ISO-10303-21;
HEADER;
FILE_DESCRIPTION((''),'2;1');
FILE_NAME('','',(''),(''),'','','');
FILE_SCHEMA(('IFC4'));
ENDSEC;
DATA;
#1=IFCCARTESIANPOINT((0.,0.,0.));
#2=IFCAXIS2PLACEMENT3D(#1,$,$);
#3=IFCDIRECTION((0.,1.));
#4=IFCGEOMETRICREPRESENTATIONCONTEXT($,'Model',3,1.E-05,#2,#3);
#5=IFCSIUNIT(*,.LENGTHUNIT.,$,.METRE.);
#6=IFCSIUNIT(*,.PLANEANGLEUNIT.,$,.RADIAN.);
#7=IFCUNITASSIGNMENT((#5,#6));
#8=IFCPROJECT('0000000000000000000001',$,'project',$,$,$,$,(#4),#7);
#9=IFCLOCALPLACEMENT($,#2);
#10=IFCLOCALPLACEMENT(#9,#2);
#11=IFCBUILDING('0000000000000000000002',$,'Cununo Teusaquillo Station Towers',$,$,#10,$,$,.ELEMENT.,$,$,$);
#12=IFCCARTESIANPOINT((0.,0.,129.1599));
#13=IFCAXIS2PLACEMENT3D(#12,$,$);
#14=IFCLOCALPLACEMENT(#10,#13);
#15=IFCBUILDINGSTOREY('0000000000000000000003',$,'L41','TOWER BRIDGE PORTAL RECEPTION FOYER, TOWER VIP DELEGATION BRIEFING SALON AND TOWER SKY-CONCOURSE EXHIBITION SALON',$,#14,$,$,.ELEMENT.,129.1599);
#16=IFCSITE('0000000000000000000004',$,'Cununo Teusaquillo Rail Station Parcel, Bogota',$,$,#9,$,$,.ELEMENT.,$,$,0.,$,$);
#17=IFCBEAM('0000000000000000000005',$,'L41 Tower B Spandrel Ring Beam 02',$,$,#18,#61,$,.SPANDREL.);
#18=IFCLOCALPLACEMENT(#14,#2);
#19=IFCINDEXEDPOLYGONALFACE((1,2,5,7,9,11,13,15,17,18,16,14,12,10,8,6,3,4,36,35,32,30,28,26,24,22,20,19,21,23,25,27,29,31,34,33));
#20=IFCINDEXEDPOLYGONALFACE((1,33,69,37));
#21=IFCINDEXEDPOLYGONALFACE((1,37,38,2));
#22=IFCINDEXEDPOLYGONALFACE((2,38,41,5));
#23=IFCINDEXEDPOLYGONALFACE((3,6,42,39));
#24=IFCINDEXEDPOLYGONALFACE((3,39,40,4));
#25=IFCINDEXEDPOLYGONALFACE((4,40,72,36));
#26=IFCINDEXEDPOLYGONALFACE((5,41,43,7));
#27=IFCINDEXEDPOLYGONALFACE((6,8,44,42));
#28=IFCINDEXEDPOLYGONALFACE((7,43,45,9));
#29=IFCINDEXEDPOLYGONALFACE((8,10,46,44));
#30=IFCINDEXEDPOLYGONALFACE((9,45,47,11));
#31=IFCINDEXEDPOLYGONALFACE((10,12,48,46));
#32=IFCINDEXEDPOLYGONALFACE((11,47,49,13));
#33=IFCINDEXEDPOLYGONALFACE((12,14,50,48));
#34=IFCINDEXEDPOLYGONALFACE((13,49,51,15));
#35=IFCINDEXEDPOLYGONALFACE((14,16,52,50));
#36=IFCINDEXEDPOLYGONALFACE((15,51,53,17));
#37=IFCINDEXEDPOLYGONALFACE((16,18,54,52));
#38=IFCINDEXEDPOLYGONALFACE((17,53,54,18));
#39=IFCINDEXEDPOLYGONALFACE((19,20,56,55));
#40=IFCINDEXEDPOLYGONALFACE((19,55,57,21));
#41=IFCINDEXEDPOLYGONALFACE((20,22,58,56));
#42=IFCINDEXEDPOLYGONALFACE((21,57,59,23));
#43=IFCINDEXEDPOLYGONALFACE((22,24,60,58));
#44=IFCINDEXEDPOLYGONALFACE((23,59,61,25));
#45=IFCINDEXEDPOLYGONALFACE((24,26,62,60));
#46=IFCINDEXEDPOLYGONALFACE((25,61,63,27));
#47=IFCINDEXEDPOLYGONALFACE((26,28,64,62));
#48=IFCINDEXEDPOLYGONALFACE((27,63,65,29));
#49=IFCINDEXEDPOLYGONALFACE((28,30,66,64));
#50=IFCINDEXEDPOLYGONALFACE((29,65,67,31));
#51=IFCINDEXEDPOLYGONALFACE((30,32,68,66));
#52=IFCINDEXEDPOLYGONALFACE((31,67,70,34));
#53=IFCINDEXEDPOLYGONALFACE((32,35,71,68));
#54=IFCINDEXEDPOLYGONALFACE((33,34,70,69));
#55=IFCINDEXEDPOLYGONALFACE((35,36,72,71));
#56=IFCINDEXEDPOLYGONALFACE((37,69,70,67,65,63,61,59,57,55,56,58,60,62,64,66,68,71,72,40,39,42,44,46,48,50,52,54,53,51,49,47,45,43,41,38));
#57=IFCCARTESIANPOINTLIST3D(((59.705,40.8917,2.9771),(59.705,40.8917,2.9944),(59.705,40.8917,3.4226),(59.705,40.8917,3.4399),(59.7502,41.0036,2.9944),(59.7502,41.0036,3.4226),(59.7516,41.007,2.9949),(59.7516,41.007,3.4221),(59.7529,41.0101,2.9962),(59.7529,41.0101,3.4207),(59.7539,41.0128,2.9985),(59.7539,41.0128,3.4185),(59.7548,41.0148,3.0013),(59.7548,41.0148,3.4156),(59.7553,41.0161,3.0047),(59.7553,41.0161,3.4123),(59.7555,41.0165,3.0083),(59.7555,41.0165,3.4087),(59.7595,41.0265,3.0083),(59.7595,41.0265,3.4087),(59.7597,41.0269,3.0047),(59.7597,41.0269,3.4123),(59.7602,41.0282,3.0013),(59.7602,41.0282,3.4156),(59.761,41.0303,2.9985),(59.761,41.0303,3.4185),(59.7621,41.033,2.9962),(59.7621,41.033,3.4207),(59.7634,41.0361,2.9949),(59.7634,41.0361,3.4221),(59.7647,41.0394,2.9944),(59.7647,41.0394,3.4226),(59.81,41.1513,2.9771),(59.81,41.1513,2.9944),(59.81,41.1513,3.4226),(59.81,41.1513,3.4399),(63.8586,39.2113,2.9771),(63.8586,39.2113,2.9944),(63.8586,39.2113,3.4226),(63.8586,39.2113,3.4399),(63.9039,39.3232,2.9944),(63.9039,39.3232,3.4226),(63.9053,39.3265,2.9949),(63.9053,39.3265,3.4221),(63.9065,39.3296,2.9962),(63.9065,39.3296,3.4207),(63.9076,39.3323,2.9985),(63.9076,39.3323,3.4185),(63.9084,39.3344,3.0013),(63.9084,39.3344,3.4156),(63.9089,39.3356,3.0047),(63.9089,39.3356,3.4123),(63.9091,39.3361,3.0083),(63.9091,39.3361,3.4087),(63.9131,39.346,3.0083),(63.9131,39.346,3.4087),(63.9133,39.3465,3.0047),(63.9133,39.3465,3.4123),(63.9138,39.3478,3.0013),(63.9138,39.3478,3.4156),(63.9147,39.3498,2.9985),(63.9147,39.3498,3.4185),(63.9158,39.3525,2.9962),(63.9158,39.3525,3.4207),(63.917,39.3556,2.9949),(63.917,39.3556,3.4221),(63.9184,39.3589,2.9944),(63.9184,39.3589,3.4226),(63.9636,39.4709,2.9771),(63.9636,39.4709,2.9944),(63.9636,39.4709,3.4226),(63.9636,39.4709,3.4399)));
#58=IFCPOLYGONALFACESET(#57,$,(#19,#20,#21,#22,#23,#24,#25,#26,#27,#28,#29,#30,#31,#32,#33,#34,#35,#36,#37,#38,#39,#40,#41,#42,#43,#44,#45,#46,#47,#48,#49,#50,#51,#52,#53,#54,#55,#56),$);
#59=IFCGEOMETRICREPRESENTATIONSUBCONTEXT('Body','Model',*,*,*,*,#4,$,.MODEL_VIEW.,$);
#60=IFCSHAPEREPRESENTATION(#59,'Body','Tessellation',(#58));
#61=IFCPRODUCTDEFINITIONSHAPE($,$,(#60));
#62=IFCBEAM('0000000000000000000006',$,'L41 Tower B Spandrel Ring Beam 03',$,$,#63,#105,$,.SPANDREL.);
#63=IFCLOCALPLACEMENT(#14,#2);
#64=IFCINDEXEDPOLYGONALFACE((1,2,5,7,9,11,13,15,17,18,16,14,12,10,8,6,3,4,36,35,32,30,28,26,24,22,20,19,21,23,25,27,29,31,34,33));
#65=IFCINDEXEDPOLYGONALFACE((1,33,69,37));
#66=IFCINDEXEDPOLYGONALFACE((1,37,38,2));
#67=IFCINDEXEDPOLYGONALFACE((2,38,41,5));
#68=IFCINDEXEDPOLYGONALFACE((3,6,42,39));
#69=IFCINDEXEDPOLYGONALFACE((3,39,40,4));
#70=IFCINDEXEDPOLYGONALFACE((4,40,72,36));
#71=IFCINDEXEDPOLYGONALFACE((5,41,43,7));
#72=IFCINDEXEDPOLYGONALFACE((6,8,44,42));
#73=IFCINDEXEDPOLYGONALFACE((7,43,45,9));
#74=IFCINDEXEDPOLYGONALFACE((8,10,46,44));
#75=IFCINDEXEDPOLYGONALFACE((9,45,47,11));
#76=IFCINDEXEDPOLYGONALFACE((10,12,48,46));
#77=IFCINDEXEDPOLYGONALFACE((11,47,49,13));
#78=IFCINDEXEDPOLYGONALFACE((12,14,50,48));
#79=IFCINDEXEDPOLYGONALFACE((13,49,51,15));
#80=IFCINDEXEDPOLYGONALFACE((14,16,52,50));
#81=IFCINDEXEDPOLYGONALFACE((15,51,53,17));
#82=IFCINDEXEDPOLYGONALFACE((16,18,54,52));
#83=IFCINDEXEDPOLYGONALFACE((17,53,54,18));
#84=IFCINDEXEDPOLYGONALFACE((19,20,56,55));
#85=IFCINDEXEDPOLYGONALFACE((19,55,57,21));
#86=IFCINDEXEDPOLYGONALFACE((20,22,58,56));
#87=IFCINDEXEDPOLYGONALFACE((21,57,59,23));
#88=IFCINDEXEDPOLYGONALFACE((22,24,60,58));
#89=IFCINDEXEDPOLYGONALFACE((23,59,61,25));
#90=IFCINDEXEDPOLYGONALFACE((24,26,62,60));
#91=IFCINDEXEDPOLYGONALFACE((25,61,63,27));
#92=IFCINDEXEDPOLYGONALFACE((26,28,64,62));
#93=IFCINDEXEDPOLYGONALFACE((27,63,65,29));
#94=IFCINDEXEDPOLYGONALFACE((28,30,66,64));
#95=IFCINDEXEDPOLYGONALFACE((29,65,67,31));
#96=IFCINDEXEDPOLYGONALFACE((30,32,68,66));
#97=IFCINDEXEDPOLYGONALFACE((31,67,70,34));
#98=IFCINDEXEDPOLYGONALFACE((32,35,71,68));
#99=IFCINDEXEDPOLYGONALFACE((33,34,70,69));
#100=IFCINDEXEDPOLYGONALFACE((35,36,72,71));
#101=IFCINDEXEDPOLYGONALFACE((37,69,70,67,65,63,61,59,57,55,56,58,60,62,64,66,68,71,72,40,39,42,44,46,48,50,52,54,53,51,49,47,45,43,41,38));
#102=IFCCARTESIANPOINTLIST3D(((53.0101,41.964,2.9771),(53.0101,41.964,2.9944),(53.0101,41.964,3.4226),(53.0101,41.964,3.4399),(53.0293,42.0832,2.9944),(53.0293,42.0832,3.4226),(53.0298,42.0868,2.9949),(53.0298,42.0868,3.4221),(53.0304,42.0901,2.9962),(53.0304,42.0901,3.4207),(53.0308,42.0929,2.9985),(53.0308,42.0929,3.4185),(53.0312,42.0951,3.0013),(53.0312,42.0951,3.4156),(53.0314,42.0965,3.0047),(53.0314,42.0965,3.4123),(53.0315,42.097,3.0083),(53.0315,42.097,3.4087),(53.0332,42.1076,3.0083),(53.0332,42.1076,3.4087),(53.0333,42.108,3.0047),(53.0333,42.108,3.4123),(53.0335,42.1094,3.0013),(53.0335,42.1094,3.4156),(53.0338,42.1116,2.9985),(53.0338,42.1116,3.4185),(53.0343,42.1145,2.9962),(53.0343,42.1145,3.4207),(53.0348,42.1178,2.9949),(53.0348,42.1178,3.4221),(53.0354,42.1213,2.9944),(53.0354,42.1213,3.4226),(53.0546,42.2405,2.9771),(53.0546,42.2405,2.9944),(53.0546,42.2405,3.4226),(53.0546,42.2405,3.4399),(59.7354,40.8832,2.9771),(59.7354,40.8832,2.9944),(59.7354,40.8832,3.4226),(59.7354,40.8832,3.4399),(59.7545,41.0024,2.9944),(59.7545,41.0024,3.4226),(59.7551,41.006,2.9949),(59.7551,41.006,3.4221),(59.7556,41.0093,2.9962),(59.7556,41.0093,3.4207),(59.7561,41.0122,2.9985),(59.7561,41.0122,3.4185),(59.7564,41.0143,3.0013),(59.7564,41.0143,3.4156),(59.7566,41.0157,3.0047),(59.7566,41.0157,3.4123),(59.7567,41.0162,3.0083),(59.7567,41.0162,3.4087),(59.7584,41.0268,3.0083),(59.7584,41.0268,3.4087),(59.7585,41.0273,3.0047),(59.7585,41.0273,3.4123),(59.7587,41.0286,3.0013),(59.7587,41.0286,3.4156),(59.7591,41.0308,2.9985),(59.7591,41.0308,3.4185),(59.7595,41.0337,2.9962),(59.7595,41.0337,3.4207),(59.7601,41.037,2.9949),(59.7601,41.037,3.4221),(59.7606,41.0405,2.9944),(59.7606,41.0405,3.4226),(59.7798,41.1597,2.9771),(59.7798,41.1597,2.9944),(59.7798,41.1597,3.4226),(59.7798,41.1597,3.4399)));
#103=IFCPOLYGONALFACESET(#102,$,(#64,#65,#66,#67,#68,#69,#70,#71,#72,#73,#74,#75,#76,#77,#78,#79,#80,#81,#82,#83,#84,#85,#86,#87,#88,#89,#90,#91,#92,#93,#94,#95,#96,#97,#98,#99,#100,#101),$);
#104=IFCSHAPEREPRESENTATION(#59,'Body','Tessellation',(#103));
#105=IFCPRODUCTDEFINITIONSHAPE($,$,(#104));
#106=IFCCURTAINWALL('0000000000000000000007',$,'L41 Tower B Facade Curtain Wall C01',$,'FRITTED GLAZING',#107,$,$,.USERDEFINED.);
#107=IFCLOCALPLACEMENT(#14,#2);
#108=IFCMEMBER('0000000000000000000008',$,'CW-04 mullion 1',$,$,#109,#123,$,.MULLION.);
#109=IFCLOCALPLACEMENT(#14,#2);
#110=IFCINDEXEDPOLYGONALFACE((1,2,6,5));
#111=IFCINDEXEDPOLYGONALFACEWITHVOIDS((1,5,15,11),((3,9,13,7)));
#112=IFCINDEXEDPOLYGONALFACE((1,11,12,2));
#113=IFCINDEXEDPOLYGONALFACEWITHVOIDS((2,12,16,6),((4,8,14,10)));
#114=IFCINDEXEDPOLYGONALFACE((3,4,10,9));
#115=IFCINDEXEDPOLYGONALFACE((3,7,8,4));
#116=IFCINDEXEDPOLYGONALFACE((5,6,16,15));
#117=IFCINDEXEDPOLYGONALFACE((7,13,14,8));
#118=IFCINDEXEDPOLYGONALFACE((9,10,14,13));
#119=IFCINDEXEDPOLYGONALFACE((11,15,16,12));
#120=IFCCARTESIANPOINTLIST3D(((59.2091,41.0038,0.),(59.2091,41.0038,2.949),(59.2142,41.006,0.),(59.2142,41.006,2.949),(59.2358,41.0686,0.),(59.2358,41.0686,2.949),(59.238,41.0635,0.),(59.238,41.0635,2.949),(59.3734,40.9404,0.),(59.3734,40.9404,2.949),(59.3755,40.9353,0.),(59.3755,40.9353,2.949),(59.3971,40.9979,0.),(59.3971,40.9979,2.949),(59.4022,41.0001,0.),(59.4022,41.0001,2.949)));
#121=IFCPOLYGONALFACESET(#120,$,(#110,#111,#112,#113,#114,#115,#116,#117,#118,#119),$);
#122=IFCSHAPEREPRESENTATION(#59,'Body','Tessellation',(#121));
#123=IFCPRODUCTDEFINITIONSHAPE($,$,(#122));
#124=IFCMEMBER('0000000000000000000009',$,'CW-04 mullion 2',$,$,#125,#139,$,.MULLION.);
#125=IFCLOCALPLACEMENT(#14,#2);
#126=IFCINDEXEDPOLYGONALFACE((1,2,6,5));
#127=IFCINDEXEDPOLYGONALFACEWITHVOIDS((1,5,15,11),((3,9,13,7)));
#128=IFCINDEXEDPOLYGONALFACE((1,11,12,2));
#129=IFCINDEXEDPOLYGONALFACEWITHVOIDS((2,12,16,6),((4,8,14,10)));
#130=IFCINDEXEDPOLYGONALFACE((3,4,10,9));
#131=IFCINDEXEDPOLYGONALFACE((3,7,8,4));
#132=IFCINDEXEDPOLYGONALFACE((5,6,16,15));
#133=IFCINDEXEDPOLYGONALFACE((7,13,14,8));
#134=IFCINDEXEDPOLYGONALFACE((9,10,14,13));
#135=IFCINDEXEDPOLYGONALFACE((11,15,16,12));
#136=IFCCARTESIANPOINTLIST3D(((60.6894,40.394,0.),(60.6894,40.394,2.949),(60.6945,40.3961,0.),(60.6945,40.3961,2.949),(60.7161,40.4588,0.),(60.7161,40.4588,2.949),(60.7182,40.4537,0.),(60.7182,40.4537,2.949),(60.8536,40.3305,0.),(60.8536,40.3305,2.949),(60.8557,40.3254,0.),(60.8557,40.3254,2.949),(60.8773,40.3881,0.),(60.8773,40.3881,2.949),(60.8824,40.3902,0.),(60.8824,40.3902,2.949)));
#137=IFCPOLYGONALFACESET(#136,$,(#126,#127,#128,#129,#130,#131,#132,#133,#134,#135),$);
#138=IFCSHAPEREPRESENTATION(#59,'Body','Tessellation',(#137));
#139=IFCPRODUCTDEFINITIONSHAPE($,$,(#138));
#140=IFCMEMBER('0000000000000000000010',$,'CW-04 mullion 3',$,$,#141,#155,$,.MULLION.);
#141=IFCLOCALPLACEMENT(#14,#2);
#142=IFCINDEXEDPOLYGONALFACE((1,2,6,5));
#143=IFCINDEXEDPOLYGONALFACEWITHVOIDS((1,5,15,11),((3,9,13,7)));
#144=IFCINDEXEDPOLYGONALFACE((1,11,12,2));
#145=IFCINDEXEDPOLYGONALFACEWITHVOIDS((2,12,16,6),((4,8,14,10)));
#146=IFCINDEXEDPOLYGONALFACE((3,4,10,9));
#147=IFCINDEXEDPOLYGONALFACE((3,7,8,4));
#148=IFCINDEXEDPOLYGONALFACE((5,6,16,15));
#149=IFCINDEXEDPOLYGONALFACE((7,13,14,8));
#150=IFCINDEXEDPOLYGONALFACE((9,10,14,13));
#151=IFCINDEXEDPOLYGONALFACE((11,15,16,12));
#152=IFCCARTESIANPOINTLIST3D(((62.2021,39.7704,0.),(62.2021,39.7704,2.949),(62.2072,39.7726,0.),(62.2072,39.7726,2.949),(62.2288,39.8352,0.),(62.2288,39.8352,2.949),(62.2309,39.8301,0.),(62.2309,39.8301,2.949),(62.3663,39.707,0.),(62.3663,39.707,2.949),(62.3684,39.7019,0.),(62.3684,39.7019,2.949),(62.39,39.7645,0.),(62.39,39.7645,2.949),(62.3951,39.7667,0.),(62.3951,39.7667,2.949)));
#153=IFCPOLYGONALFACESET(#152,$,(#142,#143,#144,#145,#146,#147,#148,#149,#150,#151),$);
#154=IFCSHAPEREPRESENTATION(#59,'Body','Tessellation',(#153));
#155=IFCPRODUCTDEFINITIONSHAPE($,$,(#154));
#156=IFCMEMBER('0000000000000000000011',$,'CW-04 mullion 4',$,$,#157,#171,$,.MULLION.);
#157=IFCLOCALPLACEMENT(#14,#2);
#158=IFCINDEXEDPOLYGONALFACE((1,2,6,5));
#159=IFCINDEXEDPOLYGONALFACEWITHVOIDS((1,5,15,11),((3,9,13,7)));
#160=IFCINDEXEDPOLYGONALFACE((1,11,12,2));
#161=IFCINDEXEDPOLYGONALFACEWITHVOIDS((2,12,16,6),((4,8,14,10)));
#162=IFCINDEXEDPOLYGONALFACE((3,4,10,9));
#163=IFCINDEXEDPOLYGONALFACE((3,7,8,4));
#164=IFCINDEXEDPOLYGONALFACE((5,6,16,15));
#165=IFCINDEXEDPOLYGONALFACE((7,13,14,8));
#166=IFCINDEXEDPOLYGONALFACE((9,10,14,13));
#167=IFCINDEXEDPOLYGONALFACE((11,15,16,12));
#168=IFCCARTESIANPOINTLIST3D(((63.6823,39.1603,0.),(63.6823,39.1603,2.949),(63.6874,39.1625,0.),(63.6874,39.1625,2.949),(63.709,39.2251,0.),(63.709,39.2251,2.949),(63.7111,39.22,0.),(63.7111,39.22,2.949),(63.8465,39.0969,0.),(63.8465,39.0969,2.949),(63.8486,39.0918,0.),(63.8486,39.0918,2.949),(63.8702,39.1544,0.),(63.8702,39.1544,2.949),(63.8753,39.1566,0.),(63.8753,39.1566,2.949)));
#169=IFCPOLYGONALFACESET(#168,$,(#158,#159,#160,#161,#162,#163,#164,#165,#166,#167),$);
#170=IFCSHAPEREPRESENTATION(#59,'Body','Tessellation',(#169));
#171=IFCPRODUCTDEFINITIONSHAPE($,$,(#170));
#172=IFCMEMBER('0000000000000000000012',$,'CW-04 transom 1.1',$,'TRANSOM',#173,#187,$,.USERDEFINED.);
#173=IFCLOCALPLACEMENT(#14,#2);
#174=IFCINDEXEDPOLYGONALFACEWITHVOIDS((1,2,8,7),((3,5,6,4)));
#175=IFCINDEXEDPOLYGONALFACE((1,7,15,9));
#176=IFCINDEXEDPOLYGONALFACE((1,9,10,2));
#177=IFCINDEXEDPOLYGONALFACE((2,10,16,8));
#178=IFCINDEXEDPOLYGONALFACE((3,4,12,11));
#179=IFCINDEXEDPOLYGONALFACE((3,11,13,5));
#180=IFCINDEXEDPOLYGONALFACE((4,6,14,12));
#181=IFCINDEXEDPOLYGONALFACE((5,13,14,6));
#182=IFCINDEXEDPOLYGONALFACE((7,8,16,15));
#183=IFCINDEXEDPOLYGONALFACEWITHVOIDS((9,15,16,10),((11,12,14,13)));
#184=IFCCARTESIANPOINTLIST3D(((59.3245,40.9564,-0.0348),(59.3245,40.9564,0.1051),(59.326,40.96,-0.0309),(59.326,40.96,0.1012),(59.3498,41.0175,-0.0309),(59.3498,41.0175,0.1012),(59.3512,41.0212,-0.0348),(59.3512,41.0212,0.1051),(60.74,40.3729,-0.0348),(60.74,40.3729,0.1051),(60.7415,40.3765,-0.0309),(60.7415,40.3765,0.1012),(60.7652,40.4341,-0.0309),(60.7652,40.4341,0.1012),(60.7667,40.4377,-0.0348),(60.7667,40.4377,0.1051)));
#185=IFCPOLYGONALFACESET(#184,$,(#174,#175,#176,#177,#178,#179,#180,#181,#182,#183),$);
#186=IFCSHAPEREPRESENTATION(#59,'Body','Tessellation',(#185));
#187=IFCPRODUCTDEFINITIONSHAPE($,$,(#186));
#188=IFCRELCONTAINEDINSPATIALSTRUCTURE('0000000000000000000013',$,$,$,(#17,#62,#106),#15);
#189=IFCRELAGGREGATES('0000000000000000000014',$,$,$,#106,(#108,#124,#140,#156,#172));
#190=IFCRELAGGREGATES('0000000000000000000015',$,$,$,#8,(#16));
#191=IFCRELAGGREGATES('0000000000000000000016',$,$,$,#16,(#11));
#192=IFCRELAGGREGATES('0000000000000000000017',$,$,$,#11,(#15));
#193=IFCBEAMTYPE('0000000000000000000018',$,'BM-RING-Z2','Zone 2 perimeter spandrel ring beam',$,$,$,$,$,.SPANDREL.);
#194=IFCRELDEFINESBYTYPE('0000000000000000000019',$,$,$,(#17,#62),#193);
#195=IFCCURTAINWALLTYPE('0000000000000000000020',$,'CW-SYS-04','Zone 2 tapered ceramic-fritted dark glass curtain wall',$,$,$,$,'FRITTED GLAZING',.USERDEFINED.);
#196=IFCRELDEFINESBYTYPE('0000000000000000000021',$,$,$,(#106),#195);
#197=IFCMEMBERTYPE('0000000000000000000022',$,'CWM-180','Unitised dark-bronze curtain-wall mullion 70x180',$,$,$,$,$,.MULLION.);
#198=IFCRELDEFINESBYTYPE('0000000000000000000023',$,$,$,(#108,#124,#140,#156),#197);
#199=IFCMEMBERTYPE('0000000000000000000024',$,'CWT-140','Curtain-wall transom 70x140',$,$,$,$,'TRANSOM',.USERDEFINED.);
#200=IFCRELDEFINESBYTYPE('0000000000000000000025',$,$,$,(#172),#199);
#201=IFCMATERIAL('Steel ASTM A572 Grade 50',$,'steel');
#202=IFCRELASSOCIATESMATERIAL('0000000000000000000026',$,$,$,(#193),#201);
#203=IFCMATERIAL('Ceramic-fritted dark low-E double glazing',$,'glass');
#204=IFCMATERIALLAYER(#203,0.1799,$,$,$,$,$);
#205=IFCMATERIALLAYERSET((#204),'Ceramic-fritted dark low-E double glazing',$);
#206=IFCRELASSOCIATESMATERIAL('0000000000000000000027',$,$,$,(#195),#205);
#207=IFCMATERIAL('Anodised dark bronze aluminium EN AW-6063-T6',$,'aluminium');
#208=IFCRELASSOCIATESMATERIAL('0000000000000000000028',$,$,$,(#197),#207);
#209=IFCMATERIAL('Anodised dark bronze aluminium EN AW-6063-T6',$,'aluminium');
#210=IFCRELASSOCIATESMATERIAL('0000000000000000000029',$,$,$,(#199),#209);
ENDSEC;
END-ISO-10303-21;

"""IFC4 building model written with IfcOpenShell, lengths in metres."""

from ifc_helpers import new_model, si_unit, direction, frame, origin, origin_2d, place, context, subcontext, project, spatial, hollow_rectangle, i_section, extrude, material, layer, layer_set, material_profile, profile_set, type_object, element, aggregate, save


model = new_model("IFC4")

# Units and contexts
model_context = context("Model", 3, precision=1e-05, world=origin(), true_north=direction((0.0, 1.0)))
body_context = subcontext(model_context, "Body", "Model", "MODEL_VIEW")
ifc_project = project(units=[si_unit("LENGTHUNIT", "METRE"), si_unit("PLANEANGLEUNIT", "RADIAN")], contexts=[model_context])

# Site, building, storey
site_placement = place(None, origin())
site = spatial("IfcSite", under=ifc_project, at=site_placement, Name="Cununo Teusaquillo Rail Station Parcel, Bogota", CompositionType="ELEMENT", RefElevation=0.0)
building_placement = place(site_placement, origin())
building = spatial("IfcBuilding", under=site, at=building_placement, Name="Cununo Teusaquillo Station Towers", CompositionType="ELEMENT")
storey_placement = place(building_placement, frame((0.0, 0.0, 129.1599)))
storey = spatial("IfcBuildingStorey", under=building, at=storey_placement, Name="L41", Description="TOWER BRIDGE PORTAL RECEPTION FOYER, TOWER VIP DELEGATION BRIEFING SALON AND TOWER SKY-CONCOURSE EXHIBITION SALON", CompositionType="ELEMENT", Elevation=129.1599)

# Beams
ifc_material_1 = material(Name="Steel ASTM A572 Grade 50", Category="steel")
ifc_material_profile_1 = material_profile(ifc_material_1, i_section(OverallWidth=0.28, OverallDepth=0.4629, WebThickness=0.0107, FlangeThickness=0.0173, FilletRadius=0.0139, at=origin_2d()), Name="W18X76")
ifc_profile_set_1 = profile_set([ifc_material_profile_1], Name="Steel ASTM A572 Grade 50")
beam_type_1 = type_object("IfcBeamType", Name="BM-RING-Z2", Description="Zone 2 perimeter spandrel ring beam", PredefinedType="SPANDREL", material=ifc_profile_set_1)
beam_1_placement = place(storey_placement, frame((63.9111, 39.3411, 3.2085), z_axis=(-0.927008, 0.375042, 0.0), x_axis=(-0.375042, -0.927008, 0.0)))
element("IfcBeam", 1, at=beam_1_placement, inside=storey, type_object=beam_type_1, Name="L41 Tower B Spandrel Ring Beam 02", PredefinedType="SPANDREL", context=body_context, shape_type="SweptSolid", body=[
    extrude(i_section(OverallWidth=0.28, OverallDepth=0.4629, WebThickness=0.0107, FlangeThickness=0.0173, FilletRadius=0.0139, at=origin_2d()), origin(), (0.0, 0.0, 1.0), 4.4807),
])
beam_2_placement = place(storey_placement, frame((59.7576, 41.0215, 3.2085), z_axis=(-0.987331, 0.158671, 0.0), x_axis=(-0.158671, -0.987331, 0.0)))
element("IfcBeam", 2, at=beam_2_placement, inside=storey, type_object=beam_type_1, Name="L41 Tower B Spandrel Ring Beam 03", PredefinedType="SPANDREL", context=body_context, shape_type="SweptSolid", body=[
    extrude(i_section(OverallWidth=0.28, OverallDepth=0.4629, WebThickness=0.0107, FlangeThickness=0.0173, FilletRadius=0.0139, at=origin_2d()), origin(), (0.0, 0.0, 1.0), 6.8115),
])

# Curtain wall, members
ifc_material_2 = material(Name="Ceramic-fritted dark low-E double glazing", Category="glass")
ifc_layer_1 = layer(ifc_material_2, 0.1799)
ifc_layer_set_1 = layer_set([ifc_layer_1], Name="Ceramic-fritted dark low-E double glazing")
curtain_wall_type = type_object("IfcCurtainWallType", Name="CW-SYS-04", Description="Zone 2 tapered ceramic-fritted dark glass curtain wall", ElementType="FRITTED GLAZING", PredefinedType="USERDEFINED", material=ifc_layer_set_1)
curtain_wall_placement = place(storey_placement, origin())
curtain_wall = element("IfcCurtainWall", 3, at=curtain_wall_placement, inside=storey, type_object=curtain_wall_type, Name="L41 Tower B Facade Curtain Wall C01", ObjectType="FRITTED GLAZING", PredefinedType="USERDEFINED")
ifc_material_3 = material(Name="Anodised dark bronze aluminium EN AW-6063-T6", Category="aluminium")
ifc_material_profile_2 = material_profile(ifc_material_3, hollow_rectangle(XDim=0.0701, YDim=0.1799, WallThickness=0.0039, at=origin_2d()), Name="CW-MULL-70x180")
ifc_profile_set_2 = profile_set([ifc_material_profile_2], Name="Anodised dark bronze aluminium EN AW-6063-T6")
member_type_1 = type_object("IfcMemberType", Name="CWM-180", Description="Unitised dark-bronze curtain-wall mullion 70x180", PredefinedType="MULLION", material=ifc_profile_set_2)
member_1_placement = place(storey_placement, frame((59.3057, 41.002, 0.0), z_axis=(0.0, 0.0, 1.0), x_axis=(0.381031, 0.924562, 0.0)))
member_1 = element("IfcMember", 4, at=member_1_placement, type_object=member_type_1, Name="CW-04 mullion 1", PredefinedType="MULLION", context=body_context, shape_type="SweptSolid", body=[
    extrude(hollow_rectangle(XDim=0.0701, YDim=0.1799, WallThickness=0.0039, at=origin_2d()), origin(), (0.0, 0.0, 1.0), 2.949),
])
member_2_placement = place(storey_placement, frame((60.7859, 40.3921, 0.0), z_axis=(0.0, 0.0, 1.0), x_axis=(0.381031, 0.924562, 0.0)))
member_2 = element("IfcMember", 5, at=member_2_placement, type_object=member_type_1, Name="CW-04 mullion 2", PredefinedType="MULLION", context=body_context, shape_type="SweptSolid", body=[
    extrude(hollow_rectangle(XDim=0.0701, YDim=0.1799, WallThickness=0.0039, at=origin_2d()), origin(), (0.0, 0.0, 1.0), 2.949),
])
member_3_placement = place(storey_placement, frame((62.2986, 39.7686, 0.0), z_axis=(0.0, 0.0, 1.0), x_axis=(0.381031, 0.924562, 0.0)))
member_3 = element("IfcMember", 6, at=member_3_placement, type_object=member_type_1, Name="CW-04 mullion 3", PredefinedType="MULLION", context=body_context, shape_type="SweptSolid", body=[
    extrude(hollow_rectangle(XDim=0.0701, YDim=0.1799, WallThickness=0.0039, at=origin_2d()), origin(), (0.0, 0.0, 1.0), 2.949),
])
member_4_placement = place(storey_placement, frame((63.7788, 39.1584, 0.0), z_axis=(0.0, 0.0, 1.0), x_axis=(0.381031, 0.924562, 0.0)))
member_4 = element("IfcMember", 7, at=member_4_placement, type_object=member_type_1, Name="CW-04 mullion 4", PredefinedType="MULLION", context=body_context, shape_type="SweptSolid", body=[
    extrude(hollow_rectangle(XDim=0.0701, YDim=0.1799, WallThickness=0.0039, at=origin_2d()), origin(), (0.0, 0.0, 1.0), 2.949),
])
ifc_material_4 = material(Name="Anodised dark bronze aluminium EN AW-6063-T6", Category="aluminium")
ifc_material_profile_3 = material_profile(ifc_material_4, hollow_rectangle(XDim=0.0701, YDim=0.1399, WallThickness=0.0039, at=origin_2d()), Name="CW-TRAN-70x140")
ifc_profile_set_3 = profile_set([ifc_material_profile_3], Name="Anodised dark bronze aluminium EN AW-6063-T6")
member_type_2 = type_object("IfcMemberType", Name="CWT-140", Description="Curtain-wall transom 70x140", ElementType="TRANSOM", PredefinedType="USERDEFINED", material=ifc_profile_set_3)
member_5_placement = place(storey_placement, frame((59.3379, 40.9888, 0.0352), z_axis=(0.924533, -0.381103, 0.0), x_axis=(0.381103, 0.924533, 0.0)))
member_5 = element("IfcMember", 8, at=member_5_placement, type_object=member_type_2, Name="CW-04 transom 1.1", ObjectType="TRANSOM", PredefinedType="USERDEFINED", context=body_context, shape_type="SweptSolid", body=[
    extrude(hollow_rectangle(XDim=0.0701, YDim=0.1399, WallThickness=0.0039, at=origin_2d()), origin(), (0.0, 0.0, 1.0), 1.531),
])

aggregate(curtain_wall, [member_1, member_2, member_3, member_4, member_5])

save(model, "model.ifc")
